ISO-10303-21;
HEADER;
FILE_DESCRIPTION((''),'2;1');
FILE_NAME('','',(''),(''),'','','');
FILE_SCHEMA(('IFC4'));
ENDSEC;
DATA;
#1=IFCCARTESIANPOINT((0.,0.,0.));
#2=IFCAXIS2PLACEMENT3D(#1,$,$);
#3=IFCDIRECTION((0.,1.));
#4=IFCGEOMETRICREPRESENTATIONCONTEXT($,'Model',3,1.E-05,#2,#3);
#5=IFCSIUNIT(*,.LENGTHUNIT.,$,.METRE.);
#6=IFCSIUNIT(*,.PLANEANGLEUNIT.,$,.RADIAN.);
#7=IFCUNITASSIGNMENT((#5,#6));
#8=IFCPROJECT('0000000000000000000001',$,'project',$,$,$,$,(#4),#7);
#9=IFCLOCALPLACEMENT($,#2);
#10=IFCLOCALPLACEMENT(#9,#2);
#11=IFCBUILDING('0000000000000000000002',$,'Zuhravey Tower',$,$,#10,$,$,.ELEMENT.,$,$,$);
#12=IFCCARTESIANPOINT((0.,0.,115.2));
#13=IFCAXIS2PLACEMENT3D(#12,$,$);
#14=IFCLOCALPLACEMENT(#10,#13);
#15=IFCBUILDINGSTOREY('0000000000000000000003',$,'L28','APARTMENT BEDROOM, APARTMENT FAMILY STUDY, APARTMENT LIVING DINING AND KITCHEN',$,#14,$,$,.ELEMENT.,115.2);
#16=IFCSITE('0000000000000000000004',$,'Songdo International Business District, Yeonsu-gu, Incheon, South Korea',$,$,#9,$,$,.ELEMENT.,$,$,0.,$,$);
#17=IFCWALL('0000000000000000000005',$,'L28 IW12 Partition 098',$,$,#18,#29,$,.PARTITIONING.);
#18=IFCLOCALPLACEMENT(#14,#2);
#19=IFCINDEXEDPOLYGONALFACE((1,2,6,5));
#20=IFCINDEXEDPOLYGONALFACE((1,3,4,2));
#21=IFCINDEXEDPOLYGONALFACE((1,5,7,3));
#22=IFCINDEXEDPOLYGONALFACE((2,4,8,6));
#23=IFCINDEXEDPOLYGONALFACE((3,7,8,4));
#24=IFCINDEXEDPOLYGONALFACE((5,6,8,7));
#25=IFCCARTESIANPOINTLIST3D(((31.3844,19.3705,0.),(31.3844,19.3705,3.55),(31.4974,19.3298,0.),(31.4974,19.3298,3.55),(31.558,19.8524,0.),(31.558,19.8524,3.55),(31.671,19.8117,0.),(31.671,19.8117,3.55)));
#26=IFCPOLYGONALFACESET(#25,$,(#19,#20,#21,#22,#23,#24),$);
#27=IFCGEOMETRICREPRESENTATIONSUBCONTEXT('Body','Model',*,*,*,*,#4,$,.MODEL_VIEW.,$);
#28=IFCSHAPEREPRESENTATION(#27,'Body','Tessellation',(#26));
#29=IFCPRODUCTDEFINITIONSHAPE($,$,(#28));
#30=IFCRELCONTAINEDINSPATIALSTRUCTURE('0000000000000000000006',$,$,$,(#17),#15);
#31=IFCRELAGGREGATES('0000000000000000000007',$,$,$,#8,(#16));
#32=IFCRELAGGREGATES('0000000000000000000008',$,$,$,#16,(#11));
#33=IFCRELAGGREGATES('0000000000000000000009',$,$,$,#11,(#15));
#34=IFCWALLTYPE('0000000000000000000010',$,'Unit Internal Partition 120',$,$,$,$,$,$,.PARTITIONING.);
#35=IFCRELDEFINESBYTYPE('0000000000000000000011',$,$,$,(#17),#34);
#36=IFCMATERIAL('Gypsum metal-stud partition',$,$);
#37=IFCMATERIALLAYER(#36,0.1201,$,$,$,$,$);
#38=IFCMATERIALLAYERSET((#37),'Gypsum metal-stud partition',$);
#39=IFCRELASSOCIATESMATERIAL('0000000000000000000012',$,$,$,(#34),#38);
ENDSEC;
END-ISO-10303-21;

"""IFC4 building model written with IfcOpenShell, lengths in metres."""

from ifc_helpers import new_model, si_unit, direction, frame, frame_2d, origin, place, context, subcontext, project, spatial, rectangle, extrude, material, layer, layer_set, type_object, element, save


model = new_model("IFC4")

# Units and contexts
model_context = context("Model", 3, precision=1e-05, world=origin(), true_north=direction((0.0, 1.0)))
body_context = subcontext(model_context, "Body", "Model", "MODEL_VIEW")
ifc_project = project(units=[si_unit("LENGTHUNIT", "METRE"), si_unit("PLANEANGLEUNIT", "RADIAN")], contexts=[model_context])

# Site, building, storey
site_placement = place(None, origin())
site = spatial("IfcSite", under=ifc_project, at=site_placement, Name="Songdo International Business District, Yeonsu-gu, Incheon, South Korea", CompositionType="ELEMENT", RefElevation=0.0)
building_placement = place(site_placement, origin())
building = spatial("IfcBuilding", under=site, at=building_placement, Name="Zuhravey Tower", CompositionType="ELEMENT")
storey_placement = place(building_placement, frame((0.0, 0.0, 115.2)))
storey = spatial("IfcBuildingStorey", under=building, at=storey_placement, Name="L28", Description="APARTMENT BEDROOM, APARTMENT FAMILY STUDY, APARTMENT LIVING DINING AND KITCHEN", CompositionType="ELEMENT", Elevation=115.2)

# Shared definitions
ifc_material_1 = material(Name="Gypsum metal-stud partition")
ifc_layer_1 = layer(ifc_material_1, 0.1201)
ifc_layer_set_1 = layer_set([ifc_layer_1], Name="Gypsum metal-stud partition")
wall_type_1 = type_object("IfcWallType", Name="Unit Internal Partition 120", PredefinedType="PARTITIONING", material=ifc_layer_set_1)

# Wall
wall_1_placement = place(storey_placement, frame((31.6145, 19.832, 0.0), z_axis=(0.0, 0.0, 1.0), x_axis=(-0.338871, -0.940833, 0.0)))
element("IfcWall", 1, at=wall_1_placement, inside=storey, type_object=wall_type_1, Name="L28 IW12 Partition 098", PredefinedType="PARTITIONING", context=body_context, shape_type="SweptSolid", body=[
    extrude(rectangle(XDim=0.5122, YDim=0.1201, at=frame_2d((0.2561, 0.0))), origin(), (0.0, 0.0, 1.0), 3.55),
])

save(model, "model.ifc")
